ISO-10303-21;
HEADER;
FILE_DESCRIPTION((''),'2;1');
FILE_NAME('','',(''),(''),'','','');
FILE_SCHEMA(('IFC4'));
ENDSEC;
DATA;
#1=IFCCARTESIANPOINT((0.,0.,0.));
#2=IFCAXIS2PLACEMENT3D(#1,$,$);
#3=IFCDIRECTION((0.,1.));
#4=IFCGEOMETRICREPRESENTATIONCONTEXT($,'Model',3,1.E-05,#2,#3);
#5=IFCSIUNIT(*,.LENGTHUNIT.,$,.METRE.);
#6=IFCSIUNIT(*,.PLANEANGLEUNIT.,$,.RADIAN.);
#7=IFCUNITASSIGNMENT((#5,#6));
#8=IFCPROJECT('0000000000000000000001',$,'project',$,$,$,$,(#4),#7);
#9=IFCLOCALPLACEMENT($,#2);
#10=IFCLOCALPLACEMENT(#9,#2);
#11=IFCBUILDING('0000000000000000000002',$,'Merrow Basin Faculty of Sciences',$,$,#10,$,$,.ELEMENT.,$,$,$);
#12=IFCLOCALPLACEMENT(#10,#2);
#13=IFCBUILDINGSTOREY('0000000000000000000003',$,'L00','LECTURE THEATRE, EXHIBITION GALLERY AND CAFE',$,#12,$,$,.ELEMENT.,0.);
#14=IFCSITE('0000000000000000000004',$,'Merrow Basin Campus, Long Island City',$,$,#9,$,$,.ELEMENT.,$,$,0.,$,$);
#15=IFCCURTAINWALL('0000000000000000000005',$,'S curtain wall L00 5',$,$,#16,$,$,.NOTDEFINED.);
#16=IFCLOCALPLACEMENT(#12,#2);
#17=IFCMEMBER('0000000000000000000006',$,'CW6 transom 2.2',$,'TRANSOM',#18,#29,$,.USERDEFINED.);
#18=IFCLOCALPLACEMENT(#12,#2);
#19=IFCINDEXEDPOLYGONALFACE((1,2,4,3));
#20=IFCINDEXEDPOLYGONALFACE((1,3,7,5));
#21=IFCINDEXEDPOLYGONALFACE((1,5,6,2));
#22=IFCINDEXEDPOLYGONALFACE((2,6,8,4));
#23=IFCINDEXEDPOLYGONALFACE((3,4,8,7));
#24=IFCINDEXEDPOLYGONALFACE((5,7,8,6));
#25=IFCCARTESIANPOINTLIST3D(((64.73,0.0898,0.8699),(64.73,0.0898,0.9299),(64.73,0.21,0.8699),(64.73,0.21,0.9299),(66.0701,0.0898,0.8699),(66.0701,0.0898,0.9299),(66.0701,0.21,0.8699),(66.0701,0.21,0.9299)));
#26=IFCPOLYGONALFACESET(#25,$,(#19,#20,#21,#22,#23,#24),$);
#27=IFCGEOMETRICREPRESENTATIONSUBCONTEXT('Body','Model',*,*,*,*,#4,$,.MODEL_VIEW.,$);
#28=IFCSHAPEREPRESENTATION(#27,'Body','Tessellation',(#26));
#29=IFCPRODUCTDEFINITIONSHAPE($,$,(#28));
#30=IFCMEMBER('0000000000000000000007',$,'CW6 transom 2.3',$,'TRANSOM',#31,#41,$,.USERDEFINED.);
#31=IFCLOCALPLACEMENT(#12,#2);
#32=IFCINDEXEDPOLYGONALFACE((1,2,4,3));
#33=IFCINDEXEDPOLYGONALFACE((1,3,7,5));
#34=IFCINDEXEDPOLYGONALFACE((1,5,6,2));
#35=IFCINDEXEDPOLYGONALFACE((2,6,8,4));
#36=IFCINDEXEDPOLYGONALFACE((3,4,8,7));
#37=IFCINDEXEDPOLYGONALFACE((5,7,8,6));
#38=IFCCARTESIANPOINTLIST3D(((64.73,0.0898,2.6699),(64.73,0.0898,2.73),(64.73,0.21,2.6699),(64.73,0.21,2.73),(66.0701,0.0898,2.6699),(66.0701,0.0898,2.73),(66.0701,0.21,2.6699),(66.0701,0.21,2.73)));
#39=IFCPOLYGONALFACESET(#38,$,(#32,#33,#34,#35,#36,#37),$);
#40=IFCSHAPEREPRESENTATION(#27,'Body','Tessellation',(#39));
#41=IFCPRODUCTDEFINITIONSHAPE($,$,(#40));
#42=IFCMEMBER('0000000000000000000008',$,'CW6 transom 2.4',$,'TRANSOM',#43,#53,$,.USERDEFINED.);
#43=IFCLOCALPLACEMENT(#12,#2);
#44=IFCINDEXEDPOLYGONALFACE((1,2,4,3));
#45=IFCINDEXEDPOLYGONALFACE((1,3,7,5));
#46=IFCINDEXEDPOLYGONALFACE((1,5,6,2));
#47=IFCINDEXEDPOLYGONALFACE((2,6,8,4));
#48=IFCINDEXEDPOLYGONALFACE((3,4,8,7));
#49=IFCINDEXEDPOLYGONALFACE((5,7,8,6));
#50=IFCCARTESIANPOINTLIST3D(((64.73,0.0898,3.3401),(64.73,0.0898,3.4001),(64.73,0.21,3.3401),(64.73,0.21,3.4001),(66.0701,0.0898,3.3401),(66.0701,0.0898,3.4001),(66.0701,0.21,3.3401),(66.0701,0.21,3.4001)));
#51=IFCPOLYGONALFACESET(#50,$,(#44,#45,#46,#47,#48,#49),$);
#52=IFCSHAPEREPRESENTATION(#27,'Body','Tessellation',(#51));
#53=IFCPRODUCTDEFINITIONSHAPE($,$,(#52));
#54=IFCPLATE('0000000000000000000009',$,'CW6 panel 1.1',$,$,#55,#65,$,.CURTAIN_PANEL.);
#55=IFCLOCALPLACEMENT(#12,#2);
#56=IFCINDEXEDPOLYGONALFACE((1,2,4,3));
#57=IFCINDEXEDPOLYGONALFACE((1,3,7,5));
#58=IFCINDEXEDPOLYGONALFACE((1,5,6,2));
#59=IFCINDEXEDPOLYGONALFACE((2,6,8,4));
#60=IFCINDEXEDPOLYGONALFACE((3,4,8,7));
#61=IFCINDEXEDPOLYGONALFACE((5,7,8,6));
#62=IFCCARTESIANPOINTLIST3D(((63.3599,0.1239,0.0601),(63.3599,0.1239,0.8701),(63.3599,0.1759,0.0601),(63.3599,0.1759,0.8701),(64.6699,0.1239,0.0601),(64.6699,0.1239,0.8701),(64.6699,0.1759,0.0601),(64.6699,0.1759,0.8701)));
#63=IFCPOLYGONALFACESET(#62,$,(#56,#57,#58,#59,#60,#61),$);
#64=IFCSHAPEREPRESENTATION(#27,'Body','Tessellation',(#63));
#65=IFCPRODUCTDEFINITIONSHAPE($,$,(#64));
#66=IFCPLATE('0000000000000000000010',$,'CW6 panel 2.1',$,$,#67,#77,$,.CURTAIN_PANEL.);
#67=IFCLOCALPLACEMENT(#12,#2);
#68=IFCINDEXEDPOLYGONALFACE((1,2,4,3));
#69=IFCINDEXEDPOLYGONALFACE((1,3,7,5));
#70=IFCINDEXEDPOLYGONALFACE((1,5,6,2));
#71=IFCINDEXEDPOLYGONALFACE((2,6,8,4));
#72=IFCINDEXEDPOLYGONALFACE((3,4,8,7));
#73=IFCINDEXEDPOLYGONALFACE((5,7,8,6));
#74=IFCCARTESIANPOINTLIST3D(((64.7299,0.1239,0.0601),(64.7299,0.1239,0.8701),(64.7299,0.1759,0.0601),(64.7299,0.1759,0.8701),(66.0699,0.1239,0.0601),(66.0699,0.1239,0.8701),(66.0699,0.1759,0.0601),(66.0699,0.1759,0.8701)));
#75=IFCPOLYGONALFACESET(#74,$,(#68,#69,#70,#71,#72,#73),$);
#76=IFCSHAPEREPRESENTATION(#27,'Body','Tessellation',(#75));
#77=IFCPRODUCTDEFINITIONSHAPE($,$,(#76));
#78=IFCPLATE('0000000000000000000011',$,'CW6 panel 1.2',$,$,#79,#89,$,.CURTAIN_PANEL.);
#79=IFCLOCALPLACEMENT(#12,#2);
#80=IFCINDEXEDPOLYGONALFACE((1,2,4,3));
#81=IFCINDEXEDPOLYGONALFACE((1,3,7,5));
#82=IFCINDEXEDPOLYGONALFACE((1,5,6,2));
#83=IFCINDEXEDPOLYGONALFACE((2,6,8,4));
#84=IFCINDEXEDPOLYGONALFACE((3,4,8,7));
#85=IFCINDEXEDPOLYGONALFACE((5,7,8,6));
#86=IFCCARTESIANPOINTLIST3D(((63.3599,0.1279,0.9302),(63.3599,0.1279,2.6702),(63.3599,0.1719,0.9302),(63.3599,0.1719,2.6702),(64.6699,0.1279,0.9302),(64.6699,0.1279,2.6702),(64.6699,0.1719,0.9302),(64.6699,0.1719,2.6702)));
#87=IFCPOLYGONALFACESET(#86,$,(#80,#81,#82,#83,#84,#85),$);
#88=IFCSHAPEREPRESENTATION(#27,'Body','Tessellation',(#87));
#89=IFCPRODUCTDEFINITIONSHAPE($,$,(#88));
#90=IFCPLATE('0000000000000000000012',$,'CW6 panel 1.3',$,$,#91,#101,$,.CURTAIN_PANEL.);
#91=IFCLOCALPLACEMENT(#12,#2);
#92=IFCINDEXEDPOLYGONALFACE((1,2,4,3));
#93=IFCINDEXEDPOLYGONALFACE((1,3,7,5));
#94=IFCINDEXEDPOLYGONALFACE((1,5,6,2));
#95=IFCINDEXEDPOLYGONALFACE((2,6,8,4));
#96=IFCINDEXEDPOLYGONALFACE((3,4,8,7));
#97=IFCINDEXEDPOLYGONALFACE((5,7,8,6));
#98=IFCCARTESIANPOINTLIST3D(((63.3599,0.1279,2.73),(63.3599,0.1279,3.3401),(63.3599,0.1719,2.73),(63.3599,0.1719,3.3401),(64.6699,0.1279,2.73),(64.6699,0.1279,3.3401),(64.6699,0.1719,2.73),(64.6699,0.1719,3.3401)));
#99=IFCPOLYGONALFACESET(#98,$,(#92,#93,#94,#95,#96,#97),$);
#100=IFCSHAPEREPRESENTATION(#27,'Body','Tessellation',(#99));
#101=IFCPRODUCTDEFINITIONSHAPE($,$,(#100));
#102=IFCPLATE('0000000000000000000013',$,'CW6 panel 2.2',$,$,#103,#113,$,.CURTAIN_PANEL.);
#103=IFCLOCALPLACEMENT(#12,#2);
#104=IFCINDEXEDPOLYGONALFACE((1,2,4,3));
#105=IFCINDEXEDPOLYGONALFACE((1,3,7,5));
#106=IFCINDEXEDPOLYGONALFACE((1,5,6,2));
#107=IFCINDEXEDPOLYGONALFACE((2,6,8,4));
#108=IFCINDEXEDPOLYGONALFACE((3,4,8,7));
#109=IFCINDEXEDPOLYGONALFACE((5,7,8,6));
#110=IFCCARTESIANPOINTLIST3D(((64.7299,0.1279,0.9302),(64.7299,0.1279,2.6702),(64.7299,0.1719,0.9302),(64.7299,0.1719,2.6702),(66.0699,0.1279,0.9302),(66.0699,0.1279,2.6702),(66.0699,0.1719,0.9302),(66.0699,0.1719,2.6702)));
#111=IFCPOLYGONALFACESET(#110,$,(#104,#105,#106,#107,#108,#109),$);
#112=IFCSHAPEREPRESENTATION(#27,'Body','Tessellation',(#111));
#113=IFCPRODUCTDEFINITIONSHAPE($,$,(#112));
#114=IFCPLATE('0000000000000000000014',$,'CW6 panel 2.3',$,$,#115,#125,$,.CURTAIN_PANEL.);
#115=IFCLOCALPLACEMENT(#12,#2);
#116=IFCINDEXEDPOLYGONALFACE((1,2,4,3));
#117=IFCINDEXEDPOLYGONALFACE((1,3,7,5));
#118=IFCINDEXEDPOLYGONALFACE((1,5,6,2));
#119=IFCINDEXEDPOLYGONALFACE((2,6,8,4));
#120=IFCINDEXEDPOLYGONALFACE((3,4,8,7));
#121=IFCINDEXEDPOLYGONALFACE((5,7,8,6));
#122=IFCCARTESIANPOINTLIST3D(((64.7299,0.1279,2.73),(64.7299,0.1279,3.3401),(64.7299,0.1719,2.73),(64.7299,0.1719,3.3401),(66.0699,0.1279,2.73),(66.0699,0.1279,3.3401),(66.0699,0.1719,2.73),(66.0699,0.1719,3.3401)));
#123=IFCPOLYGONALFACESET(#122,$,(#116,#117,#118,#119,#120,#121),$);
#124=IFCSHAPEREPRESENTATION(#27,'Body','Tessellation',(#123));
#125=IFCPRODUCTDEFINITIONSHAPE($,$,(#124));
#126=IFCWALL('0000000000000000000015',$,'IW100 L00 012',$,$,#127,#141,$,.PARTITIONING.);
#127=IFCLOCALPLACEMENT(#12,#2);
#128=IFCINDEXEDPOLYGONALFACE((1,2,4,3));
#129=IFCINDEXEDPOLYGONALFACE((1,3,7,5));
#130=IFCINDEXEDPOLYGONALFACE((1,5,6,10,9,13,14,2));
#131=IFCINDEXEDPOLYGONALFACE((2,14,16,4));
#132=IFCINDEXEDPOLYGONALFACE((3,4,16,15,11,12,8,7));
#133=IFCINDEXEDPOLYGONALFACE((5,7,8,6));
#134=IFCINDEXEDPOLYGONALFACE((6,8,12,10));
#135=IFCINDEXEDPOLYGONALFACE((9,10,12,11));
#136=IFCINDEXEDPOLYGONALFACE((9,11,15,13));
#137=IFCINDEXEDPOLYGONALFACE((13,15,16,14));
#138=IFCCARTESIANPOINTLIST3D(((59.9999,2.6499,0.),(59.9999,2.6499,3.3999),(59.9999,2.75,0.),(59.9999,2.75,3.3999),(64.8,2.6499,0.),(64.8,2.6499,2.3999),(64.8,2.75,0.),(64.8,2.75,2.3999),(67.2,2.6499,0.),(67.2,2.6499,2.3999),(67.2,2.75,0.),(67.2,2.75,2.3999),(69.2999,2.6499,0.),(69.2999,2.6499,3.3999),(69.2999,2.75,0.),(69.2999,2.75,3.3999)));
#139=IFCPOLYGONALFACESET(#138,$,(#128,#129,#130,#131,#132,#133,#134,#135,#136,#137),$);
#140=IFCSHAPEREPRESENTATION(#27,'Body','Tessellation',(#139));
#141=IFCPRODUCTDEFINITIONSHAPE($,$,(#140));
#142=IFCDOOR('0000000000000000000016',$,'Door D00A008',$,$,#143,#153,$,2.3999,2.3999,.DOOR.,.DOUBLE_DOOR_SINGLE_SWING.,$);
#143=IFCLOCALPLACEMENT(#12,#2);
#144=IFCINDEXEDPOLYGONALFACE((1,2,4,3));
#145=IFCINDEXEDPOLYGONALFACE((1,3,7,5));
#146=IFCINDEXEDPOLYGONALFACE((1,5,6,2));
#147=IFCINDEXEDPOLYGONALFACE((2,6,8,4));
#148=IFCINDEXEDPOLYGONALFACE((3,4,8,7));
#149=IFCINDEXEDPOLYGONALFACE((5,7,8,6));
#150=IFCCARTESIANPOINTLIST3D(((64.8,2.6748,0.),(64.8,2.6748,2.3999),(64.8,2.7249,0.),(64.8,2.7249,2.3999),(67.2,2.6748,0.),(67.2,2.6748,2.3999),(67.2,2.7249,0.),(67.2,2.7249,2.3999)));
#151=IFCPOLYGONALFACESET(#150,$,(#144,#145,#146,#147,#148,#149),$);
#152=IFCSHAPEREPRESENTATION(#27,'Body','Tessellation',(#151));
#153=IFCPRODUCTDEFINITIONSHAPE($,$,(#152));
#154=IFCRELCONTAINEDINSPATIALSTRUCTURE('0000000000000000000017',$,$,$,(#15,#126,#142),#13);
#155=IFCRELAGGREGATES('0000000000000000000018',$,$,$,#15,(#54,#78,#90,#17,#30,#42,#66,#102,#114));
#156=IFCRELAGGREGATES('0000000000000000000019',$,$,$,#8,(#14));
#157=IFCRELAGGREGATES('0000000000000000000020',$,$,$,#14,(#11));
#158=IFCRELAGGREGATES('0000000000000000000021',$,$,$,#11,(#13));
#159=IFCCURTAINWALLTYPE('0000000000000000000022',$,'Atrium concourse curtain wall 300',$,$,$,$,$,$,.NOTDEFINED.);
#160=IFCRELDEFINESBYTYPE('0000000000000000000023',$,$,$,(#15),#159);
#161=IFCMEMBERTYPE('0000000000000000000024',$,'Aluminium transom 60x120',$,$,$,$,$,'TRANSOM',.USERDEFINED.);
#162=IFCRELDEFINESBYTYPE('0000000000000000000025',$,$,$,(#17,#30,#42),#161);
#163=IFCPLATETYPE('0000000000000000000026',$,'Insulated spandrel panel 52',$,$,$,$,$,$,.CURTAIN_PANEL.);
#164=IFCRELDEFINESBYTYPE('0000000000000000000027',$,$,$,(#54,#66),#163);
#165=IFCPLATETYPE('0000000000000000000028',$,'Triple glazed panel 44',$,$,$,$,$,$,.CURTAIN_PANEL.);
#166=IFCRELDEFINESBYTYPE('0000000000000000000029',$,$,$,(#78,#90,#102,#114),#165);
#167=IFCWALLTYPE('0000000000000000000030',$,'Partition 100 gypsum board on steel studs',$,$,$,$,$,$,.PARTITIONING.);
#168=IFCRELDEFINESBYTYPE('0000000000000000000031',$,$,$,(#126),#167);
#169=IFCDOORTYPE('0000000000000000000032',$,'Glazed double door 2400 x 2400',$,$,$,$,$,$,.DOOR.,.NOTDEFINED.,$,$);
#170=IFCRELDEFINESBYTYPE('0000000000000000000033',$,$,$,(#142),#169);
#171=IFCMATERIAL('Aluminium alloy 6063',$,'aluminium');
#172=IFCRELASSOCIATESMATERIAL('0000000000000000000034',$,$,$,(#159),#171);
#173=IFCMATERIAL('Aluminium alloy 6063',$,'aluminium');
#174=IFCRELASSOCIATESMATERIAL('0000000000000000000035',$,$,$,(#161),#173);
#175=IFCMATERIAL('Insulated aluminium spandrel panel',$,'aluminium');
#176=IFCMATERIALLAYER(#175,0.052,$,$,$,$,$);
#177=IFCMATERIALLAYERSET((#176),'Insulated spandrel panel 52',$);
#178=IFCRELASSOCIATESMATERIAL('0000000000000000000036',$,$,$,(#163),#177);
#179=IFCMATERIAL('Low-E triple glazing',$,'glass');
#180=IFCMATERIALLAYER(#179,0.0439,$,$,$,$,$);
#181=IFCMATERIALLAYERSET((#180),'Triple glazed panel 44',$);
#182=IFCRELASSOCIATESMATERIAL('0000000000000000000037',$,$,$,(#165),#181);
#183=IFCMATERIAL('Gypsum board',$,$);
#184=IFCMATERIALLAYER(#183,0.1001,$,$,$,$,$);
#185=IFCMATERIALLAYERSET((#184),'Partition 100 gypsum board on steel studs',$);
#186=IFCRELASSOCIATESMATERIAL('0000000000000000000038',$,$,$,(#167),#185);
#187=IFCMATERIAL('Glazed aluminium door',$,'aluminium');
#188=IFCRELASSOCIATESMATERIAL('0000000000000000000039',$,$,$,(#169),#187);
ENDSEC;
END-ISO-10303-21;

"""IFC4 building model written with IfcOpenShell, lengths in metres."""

from ifc_helpers import new_model, si_unit, direction, frame, frame_2d, origin, origin_2d, place, context, subcontext, project, spatial, rectangle, extrude, material, layer, layer_set, material_profile, profile_set, type_object, element, fill, aggregate, save


model = new_model("IFC4")

# Units and contexts
model_context = context("Model", 3, precision=1e-05, world=origin(), true_north=direction((0.0, 1.0)))
body_context = subcontext(model_context, "Body", "Model", "MODEL_VIEW")
ifc_project = project(units=[si_unit("LENGTHUNIT", "METRE"), si_unit("PLANEANGLEUNIT", "RADIAN")], contexts=[model_context])

# Site, building, storey
site_placement = place(None, origin())
site = spatial("IfcSite", under=ifc_project, at=site_placement, Name="Merrow Basin Campus, Long Island City", CompositionType="ELEMENT", RefElevation=0.0)
building_placement = place(site_placement, origin())
building = spatial("IfcBuilding", under=site, at=building_placement, Name="Merrow Basin Faculty of Sciences", CompositionType="ELEMENT")
storey_placement = place(building_placement, origin())
storey = spatial("IfcBuildingStorey", under=building, at=storey_placement, Name="L00", Description="LECTURE THEATRE, EXHIBITION GALLERY AND CAFE", CompositionType="ELEMENT", Elevation=0.0)

# Curtain wall, members, plates
ifc_material_1 = material(Name="Aluminium alloy 6063", Category="aluminium")
curtain_wall_type = type_object("IfcCurtainWallType", Name="Atrium concourse curtain wall 300", PredefinedType="NOTDEFINED", material=ifc_material_1)
curtain_wall_placement = place(storey_placement, origin())
curtain_wall = element("IfcCurtainWall", 1, at=curtain_wall_placement, inside=storey, type_object=curtain_wall_type, Name="S curtain wall L00 5", PredefinedType="NOTDEFINED")
ifc_material_2 = material(Name="Aluminium alloy 6063", Category="aluminium")
ifc_material_profile_1 = material_profile(ifc_material_2, rectangle(XDim=0.1201, YDim=0.0601, at=origin_2d()))
ifc_profile_set_1 = profile_set([ifc_material_profile_1], Name="Aluminium alloy 6063")
member_type_1 = type_object("IfcMemberType", Name="Aluminium transom 60x120", ElementType="TRANSOM", PredefinedType="USERDEFINED", material=ifc_profile_set_1)
member_1_placement = place(storey_placement, frame((64.73, 0.1499, 0.8999), z_axis=(1.0, 0.0, 0.0), x_axis=(0.0, 1.0, 0.0)))
member_1 = element("IfcMember", 2, at=member_1_placement, type_object=member_type_1, Name="CW6 transom 2.2", ObjectType="TRANSOM", PredefinedType="USERDEFINED", context=body_context, shape_type="SweptSolid", body=[
    extrude(rectangle(XDim=0.1201, YDim=0.0601, at=origin_2d()), origin(), (0.0, 0.0, 1.0), 1.3401),
])
member_2_placement = place(storey_placement, frame((64.73, 0.1499, 2.7), z_axis=(1.0, 0.0, 0.0), x_axis=(0.0, 1.0, 0.0)))
member_2 = element("IfcMember", 3, at=member_2_placement, type_object=member_type_1, Name="CW6 transom 2.3", ObjectType="TRANSOM", PredefinedType="USERDEFINED", context=body_context, shape_type="SweptSolid", body=[
    extrude(rectangle(XDim=0.1201, YDim=0.0601, at=origin_2d()), origin(), (0.0, 0.0, 1.0), 1.3401),
])
member_3_placement = place(storey_placement, frame((64.73, 0.1499, 3.3701), z_axis=(1.0, 0.0, 0.0), x_axis=(0.0, 1.0, 0.0)))
member_3 = element("IfcMember", 4, at=member_3_placement, type_object=member_type_1, Name="CW6 transom 2.4", ObjectType="TRANSOM", PredefinedType="USERDEFINED", context=body_context, shape_type="SweptSolid", body=[
    extrude(rectangle(XDim=0.1201, YDim=0.0601, at=origin_2d()), origin(), (0.0, 0.0, 1.0), 1.3401),
])
ifc_material_3 = material(Name="Insulated aluminium spandrel panel", Category="aluminium")
ifc_layer_1 = layer(ifc_material_3, 0.052)
ifc_layer_set_1 = layer_set([ifc_layer_1], Name="Insulated spandrel panel 52")
plate_type_1 = type_object("IfcPlateType", Name="Insulated spandrel panel 52", PredefinedType="CURTAIN_PANEL", material=ifc_layer_set_1)
plate_1_placement = place(storey_placement, frame((64.0149, 0.1499, 0.0601), z_axis=(0.0, 0.0, 1.0), x_axis=(1.0, 0.0, 0.0)))
plate_1 = element("IfcPlate", 5, at=plate_1_placement, type_object=plate_type_1, Name="CW6 panel 1.1", PredefinedType="CURTAIN_PANEL", context=body_context, shape_type="SweptSolid", body=[
    extrude(rectangle(XDim=1.3101, YDim=0.052, at=origin_2d()), origin(), (0.0, 0.0, 1.0), 0.8101),
])
plate_2_placement = place(storey_placement, frame((65.3999, 0.1499, 0.0601), z_axis=(0.0, 0.0, 1.0), x_axis=(1.0, 0.0, 0.0)))
plate_2 = element("IfcPlate", 6, at=plate_2_placement, type_object=plate_type_1, Name="CW6 panel 2.1", PredefinedType="CURTAIN_PANEL", context=body_context, shape_type="SweptSolid", body=[
    extrude(rectangle(XDim=1.3401, YDim=0.052, at=origin_2d()), origin(), (0.0, 0.0, 1.0), 0.8101),
])
ifc_material_4 = material(Name="Low-E triple glazing", Category="glass")
ifc_layer_2 = layer(ifc_material_4, 0.0439)
ifc_layer_set_2 = layer_set([ifc_layer_2], Name="Triple glazed panel 44")
plate_type_2 = type_object("IfcPlateType", Name="Triple glazed panel 44", PredefinedType="CURTAIN_PANEL", material=ifc_layer_set_2)
plate_3_placement = place(storey_placement, frame((64.0149, 0.1499, 0.9302), z_axis=(0.0, 0.0, 1.0), x_axis=(1.0, 0.0, 0.0)))
plate_3 = element("IfcPlate", 7, at=plate_3_placement, type_object=plate_type_2, Name="CW6 panel 1.2", PredefinedType="CURTAIN_PANEL", context=body_context, shape_type="SweptSolid", body=[
    extrude(rectangle(XDim=1.3101, YDim=0.0439, at=origin_2d()), origin(), (0.0, 0.0, 1.0), 1.74),
])
plate_4_placement = place(storey_placement, frame((64.0149, 0.1499, 2.73), z_axis=(0.0, 0.0, 1.0), x_axis=(1.0, 0.0, 0.0)))
plate_4 = element("IfcPlate", 8, at=plate_4_placement, type_object=plate_type_2, Name="CW6 panel 1.3", PredefinedType="CURTAIN_PANEL", context=body_context, shape_type="SweptSolid", body=[
    extrude(rectangle(XDim=1.3101, YDim=0.0439, at=origin_2d()), origin(), (0.0, 0.0, 1.0), 0.6101),
])
plate_5_placement = place(storey_placement, frame((65.3999, 0.1499, 0.9302), z_axis=(0.0, 0.0, 1.0), x_axis=(1.0, 0.0, 0.0)))
plate_5 = element("IfcPlate", 9, at=plate_5_placement, type_object=plate_type_2, Name="CW6 panel 2.2", PredefinedType="CURTAIN_PANEL", context=body_context, shape_type="SweptSolid", body=[
    extrude(rectangle(XDim=1.3401, YDim=0.0439, at=origin_2d()), origin(), (0.0, 0.0, 1.0), 1.74),
])
plate_6_placement = place(storey_placement, frame((65.3999, 0.1499, 2.73), z_axis=(0.0, 0.0, 1.0), x_axis=(1.0, 0.0, 0.0)))
plate_6 = element("IfcPlate", 10, at=plate_6_placement, type_object=plate_type_2, Name="CW6 panel 2.3", PredefinedType="CURTAIN_PANEL", context=body_context, shape_type="SweptSolid", body=[
    extrude(rectangle(XDim=1.3401, YDim=0.0439, at=origin_2d()), origin(), (0.0, 0.0, 1.0), 0.6101),
])
aggregate(curtain_wall, [plate_1, plate_3, plate_4, member_1, member_2, member_3, plate_2, plate_5, plate_6])

# Wall, opening, door
ifc_material_5 = material(Name="Gypsum board")
ifc_layer_3 = layer(ifc_material_5, 0.1001)
ifc_layer_set_3 = layer_set([ifc_layer_3], Name="Partition 100 gypsum board on steel studs")
wall_type = type_object("IfcWallType", Name="Partition 100 gypsum board on steel studs", PredefinedType="PARTITIONING", material=ifc_layer_set_3)
wall_placement = place(storey_placement, frame((60.0, 2.7, 0.0), z_axis=(0.0, 0.0, 1.0), x_axis=(1.0, 0.0, 0.0)))
wall = element("IfcWall", 11, at=wall_placement, inside=storey, type_object=wall_type, Name="IW100 L00 012", PredefinedType="PARTITIONING", context=body_context, shape_type="SweptSolid", body=[
    extrude(rectangle(XDim=9.3, YDim=0.1001, at=frame_2d((4.6499, 0.0))), origin(), (0.0, 0.0, 1.0), 3.3999),
])
opening_placement = place(wall_placement, frame((4.8, 0.0, 0.0)))
opening = element("IfcOpeningElement", 12, at=opening_placement, cuts=wall, PredefinedType="OPENING", context=body_context, shape_type="SweptSolid", body=[
    extrude(rectangle(XDim=2.3999, YDim=2.3999, at=frame_2d((1.2, 1.2))), frame((0.0, 0.0601, 0.0), z_axis=(0.0, -1.0, 0.0), x_axis=(1.0, 0.0, 0.0)), (0.0, 0.0, 1.0), 0.1201),
])
ifc_material_6 = material(Name="Glazed aluminium door", Category="aluminium")
door_type = type_object("IfcDoorType", Name="Glazed double door 2400 x 2400", OperationType="NOTDEFINED", PredefinedType="DOOR", material=ifc_material_6)
door_placement = place(opening_placement, origin())
door = element("IfcDoor", 13, at=door_placement, inside=storey, type_object=door_type, Name="Door D00A008", OperationType="DOUBLE_DOOR_SINGLE_SWING", OverallHeight=2.3999, OverallWidth=2.3999, PredefinedType="DOOR", context=body_context, shape_type="SweptSolid", body=[
    extrude(rectangle(XDim=2.3999, YDim=2.3999, at=frame_2d((1.2, 1.2))), frame((0.0, 0.0249, 0.0), z_axis=(0.0, -1.0, 0.0), x_axis=(1.0, 0.0, 0.0)), (0.0, 0.0, 1.0), 0.05),
])
fill(opening, door)

save(model, "model.ifc")
